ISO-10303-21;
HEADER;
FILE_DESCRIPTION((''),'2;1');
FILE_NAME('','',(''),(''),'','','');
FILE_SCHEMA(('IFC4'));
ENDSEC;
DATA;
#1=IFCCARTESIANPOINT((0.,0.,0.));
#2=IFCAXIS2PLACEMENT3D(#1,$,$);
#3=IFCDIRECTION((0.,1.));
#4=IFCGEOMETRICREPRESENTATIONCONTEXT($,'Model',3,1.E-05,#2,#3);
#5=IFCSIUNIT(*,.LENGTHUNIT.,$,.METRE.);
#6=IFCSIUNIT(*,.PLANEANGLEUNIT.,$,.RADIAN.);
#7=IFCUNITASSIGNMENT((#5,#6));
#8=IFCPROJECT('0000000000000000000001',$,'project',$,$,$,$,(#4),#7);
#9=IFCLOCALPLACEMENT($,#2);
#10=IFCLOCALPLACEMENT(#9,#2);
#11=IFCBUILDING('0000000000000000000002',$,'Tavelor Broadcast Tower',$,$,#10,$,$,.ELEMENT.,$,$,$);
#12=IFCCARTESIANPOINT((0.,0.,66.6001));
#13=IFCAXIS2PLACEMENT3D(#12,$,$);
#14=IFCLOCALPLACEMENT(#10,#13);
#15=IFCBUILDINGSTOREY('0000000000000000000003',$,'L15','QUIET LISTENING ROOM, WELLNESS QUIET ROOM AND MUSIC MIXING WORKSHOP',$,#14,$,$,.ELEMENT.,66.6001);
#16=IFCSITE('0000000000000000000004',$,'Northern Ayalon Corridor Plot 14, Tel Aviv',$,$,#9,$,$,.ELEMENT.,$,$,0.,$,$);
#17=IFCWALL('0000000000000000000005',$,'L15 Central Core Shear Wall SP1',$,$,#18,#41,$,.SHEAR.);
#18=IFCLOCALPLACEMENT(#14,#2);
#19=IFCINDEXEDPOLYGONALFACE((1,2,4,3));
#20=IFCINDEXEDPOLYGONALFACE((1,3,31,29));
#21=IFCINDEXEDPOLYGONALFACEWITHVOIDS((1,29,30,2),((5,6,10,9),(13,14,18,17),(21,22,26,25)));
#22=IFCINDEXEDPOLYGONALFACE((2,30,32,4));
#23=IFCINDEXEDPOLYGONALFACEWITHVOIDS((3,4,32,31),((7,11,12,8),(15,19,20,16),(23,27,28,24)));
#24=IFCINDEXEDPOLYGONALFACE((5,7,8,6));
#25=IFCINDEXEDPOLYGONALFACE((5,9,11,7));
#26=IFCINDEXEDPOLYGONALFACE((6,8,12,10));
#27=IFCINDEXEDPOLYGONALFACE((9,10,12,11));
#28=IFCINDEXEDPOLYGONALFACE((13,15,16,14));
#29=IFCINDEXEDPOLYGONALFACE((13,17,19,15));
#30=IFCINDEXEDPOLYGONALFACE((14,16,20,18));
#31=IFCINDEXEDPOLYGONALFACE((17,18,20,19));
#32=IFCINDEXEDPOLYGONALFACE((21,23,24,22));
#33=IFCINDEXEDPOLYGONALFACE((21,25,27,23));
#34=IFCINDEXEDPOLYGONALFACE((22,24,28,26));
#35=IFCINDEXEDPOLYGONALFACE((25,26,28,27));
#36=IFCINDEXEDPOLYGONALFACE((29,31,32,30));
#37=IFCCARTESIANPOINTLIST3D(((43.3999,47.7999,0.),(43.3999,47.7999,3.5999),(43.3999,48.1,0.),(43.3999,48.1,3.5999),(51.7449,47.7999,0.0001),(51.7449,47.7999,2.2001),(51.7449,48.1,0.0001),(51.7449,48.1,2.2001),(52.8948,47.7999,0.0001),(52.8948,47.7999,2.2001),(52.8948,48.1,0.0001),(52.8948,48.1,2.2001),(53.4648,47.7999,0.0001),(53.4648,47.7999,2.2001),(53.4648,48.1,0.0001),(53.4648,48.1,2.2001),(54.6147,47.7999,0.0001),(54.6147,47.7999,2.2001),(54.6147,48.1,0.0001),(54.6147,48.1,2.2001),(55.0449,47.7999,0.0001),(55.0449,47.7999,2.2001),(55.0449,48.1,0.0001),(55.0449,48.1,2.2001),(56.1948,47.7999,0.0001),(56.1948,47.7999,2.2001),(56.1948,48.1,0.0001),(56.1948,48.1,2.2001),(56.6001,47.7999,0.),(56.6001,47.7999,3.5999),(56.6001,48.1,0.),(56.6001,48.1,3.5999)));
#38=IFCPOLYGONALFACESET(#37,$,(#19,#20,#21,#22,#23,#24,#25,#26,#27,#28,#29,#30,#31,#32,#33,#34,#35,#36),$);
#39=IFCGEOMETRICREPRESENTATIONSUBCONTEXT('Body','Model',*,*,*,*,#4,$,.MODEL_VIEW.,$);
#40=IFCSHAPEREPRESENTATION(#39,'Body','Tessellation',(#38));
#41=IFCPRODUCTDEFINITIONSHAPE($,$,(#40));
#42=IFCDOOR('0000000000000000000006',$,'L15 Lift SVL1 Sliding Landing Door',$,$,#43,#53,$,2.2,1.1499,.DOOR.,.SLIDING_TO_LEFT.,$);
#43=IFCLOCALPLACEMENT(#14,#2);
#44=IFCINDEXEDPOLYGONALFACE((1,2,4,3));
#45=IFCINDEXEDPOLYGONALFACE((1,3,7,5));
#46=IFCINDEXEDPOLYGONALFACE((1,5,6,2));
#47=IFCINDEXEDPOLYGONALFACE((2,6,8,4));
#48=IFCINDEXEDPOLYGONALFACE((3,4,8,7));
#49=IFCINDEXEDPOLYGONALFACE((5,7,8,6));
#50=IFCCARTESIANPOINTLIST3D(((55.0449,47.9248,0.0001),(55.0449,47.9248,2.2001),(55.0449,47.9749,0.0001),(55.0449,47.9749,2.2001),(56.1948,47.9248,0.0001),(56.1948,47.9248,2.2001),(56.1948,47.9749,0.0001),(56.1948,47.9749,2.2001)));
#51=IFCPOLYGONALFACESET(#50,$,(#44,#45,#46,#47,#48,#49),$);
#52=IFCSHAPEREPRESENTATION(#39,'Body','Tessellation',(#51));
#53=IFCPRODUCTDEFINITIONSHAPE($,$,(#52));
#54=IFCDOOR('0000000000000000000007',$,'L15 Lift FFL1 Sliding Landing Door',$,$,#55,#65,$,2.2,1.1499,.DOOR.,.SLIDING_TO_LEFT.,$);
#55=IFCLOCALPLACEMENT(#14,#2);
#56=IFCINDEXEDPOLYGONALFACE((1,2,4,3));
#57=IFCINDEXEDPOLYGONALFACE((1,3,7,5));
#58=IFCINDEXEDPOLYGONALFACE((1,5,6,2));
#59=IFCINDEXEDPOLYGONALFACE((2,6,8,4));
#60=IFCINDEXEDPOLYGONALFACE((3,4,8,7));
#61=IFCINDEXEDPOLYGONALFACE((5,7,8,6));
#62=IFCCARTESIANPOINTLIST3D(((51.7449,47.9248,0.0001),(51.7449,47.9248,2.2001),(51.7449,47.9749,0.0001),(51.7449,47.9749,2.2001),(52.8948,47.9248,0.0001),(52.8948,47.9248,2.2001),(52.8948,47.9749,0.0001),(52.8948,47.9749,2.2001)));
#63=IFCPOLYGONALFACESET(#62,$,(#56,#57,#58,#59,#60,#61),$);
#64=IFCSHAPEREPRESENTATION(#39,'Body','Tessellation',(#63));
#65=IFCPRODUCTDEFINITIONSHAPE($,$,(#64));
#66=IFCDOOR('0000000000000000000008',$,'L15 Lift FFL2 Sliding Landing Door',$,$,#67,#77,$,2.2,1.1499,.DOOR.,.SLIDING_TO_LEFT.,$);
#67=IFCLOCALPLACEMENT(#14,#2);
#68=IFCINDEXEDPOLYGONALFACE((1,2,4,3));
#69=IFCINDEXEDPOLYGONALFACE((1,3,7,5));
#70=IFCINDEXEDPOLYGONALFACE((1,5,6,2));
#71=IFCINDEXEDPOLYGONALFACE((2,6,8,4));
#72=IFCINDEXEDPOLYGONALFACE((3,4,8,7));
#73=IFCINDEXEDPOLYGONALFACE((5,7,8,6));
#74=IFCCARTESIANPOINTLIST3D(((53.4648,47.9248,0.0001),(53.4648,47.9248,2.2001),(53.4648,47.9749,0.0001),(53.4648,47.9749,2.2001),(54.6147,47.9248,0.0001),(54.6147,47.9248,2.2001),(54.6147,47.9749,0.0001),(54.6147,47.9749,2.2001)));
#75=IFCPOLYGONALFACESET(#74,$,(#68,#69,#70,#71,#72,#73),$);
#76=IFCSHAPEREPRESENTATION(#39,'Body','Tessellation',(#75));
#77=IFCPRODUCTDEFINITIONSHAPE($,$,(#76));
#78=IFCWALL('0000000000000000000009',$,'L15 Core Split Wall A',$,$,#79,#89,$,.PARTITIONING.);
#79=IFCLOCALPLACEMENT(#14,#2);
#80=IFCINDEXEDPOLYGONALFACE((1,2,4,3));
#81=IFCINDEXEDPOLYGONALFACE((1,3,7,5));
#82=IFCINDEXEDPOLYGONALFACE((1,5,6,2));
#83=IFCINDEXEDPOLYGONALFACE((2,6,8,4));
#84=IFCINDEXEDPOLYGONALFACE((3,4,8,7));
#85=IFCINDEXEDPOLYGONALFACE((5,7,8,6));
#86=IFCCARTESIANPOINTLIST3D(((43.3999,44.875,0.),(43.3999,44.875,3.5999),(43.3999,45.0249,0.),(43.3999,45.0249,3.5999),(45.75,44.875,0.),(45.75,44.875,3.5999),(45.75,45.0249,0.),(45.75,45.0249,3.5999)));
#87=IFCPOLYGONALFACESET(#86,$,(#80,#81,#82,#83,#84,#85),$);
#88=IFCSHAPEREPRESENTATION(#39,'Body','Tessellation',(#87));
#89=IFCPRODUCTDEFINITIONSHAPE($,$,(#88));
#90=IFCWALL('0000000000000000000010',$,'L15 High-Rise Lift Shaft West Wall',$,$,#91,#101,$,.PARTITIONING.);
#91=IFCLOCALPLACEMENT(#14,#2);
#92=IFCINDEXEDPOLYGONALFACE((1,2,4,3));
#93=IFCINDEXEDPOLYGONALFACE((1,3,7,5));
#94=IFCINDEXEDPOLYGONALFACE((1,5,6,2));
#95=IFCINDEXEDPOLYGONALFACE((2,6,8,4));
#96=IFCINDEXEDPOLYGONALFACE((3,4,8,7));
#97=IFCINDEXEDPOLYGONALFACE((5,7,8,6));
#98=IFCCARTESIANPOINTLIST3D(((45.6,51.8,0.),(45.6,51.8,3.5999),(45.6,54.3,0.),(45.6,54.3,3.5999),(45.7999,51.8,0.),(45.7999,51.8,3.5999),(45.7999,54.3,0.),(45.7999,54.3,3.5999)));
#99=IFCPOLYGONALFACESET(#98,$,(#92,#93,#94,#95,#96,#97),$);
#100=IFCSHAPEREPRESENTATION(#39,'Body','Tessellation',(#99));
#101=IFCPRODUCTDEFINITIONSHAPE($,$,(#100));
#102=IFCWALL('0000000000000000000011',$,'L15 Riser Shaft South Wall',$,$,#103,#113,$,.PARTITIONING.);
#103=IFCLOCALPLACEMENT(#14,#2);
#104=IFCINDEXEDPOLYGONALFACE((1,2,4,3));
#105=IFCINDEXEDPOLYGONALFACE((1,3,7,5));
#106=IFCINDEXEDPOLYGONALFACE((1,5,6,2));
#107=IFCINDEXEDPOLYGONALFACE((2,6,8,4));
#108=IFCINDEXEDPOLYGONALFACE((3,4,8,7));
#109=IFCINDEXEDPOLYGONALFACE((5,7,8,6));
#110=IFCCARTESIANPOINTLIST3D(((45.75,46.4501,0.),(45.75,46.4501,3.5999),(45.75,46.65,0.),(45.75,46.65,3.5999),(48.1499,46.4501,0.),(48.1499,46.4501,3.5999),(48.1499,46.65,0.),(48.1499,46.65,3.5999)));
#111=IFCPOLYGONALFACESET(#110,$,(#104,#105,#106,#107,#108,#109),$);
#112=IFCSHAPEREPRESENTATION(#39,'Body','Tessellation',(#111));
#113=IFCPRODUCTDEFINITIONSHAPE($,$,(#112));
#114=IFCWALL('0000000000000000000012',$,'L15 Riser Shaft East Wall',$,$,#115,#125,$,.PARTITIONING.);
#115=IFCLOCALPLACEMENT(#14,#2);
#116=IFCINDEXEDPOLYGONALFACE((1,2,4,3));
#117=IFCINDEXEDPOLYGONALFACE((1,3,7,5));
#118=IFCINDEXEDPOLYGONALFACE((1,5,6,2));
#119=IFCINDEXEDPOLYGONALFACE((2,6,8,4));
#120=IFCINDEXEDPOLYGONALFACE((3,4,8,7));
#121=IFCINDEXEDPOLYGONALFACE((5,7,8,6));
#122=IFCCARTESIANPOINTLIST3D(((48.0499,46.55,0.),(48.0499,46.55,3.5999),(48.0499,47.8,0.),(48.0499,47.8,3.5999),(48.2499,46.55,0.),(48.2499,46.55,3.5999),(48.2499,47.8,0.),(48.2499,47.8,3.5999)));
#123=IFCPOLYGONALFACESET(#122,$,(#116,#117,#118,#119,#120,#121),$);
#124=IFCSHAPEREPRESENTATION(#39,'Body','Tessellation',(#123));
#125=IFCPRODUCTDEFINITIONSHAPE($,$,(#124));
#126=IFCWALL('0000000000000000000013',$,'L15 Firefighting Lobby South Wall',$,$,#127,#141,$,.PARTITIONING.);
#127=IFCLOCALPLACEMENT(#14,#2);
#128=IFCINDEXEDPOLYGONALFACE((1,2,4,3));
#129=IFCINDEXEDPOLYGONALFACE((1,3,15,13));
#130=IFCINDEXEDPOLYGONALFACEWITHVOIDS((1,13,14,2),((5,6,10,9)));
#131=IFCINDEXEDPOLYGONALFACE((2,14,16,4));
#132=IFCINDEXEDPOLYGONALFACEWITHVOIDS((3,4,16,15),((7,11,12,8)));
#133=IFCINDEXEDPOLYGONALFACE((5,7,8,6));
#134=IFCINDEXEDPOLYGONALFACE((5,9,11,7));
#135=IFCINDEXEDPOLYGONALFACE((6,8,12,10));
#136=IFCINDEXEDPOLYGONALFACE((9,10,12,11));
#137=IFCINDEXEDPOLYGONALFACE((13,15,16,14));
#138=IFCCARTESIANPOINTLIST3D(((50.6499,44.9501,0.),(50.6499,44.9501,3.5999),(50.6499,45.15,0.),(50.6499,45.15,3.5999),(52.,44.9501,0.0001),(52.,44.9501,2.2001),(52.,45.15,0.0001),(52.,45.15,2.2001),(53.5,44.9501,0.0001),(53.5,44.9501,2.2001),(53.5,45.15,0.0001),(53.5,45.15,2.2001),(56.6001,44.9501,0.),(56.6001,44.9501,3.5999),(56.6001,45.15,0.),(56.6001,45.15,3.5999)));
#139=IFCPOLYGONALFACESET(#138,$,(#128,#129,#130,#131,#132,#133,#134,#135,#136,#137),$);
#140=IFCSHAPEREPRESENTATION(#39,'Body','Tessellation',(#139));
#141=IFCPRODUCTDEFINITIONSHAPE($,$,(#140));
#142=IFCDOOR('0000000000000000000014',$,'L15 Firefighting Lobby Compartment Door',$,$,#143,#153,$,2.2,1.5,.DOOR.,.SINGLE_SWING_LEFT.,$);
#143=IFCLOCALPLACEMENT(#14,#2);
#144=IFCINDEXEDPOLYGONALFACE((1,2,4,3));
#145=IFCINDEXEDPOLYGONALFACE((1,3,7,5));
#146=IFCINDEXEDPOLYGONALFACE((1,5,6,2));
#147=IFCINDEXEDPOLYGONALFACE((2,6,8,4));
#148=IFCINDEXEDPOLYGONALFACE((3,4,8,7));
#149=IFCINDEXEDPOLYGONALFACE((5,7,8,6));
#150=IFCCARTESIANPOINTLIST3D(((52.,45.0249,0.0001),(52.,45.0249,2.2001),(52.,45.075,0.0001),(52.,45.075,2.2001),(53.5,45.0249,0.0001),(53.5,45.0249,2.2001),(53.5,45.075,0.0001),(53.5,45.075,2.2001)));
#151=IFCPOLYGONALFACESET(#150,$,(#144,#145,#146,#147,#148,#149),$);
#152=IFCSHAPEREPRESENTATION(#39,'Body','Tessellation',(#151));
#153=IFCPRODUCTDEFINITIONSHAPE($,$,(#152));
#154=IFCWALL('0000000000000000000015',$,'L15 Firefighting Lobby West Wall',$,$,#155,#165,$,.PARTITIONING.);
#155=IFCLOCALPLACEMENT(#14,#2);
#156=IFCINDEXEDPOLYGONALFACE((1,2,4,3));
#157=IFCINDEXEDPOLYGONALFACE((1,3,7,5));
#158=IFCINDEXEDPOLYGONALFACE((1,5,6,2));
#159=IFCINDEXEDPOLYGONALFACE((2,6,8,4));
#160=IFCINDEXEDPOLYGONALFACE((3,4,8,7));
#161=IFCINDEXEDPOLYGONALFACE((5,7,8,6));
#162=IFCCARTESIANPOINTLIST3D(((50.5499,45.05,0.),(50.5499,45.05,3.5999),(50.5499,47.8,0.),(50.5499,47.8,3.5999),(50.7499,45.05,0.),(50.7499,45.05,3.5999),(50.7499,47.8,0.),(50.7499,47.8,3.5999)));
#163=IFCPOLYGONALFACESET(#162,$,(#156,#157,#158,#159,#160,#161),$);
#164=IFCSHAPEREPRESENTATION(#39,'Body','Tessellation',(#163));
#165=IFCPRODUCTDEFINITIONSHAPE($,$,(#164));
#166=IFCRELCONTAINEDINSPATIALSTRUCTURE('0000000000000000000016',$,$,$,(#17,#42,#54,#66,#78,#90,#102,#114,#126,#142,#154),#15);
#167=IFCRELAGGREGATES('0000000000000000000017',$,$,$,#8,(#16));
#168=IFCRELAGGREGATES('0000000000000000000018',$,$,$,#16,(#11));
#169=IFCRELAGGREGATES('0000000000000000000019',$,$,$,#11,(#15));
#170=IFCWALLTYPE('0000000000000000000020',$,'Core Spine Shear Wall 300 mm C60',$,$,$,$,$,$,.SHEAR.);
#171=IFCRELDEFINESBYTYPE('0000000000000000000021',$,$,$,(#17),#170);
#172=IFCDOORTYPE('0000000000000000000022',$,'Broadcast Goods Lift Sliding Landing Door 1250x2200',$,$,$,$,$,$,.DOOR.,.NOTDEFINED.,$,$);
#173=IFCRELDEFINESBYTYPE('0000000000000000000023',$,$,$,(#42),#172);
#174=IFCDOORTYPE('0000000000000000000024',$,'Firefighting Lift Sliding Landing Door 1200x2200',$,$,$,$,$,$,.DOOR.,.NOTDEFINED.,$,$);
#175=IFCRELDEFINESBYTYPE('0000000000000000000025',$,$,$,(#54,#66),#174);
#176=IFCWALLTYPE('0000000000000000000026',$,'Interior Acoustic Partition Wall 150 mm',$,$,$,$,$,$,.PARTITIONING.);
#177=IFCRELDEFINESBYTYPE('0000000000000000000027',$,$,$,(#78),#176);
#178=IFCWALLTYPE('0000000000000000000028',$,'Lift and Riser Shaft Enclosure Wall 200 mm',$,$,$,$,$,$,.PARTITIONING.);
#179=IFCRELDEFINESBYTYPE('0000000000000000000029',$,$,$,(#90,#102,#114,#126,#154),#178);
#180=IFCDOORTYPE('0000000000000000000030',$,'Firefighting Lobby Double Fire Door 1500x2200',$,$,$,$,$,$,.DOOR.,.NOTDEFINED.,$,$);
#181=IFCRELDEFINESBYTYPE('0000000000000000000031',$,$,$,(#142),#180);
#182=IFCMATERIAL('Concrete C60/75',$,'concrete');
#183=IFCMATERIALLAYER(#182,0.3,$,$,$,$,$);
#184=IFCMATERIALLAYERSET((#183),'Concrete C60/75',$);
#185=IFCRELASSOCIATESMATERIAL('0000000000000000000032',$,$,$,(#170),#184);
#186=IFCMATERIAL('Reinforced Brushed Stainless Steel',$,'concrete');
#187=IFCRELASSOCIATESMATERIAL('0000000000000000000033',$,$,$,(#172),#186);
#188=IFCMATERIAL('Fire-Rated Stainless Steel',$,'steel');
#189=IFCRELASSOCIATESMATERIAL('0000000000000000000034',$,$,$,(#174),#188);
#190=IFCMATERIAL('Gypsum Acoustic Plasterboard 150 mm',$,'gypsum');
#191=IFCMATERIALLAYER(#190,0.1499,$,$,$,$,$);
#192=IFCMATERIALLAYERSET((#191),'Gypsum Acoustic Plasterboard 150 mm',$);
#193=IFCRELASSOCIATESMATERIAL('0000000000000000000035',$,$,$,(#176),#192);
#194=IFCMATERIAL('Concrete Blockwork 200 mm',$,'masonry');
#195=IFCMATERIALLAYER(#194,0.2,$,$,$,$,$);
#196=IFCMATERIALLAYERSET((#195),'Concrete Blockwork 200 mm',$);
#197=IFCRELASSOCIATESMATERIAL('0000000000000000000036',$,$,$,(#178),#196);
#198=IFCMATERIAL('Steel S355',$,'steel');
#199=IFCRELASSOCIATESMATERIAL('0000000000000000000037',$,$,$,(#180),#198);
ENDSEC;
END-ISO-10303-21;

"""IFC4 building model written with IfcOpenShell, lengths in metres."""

from ifc_helpers import new_model, si_unit, direction, frame, frame_2d, origin, place, context, subcontext, project, spatial, rectangle, extrude, material, layer, layer_set, type_object, element, fill, save


model = new_model("IFC4")

# Units and contexts
model_context = context("Model", 3, precision=1e-05, world=origin(), true_north=direction((0.0, 1.0)))
body_context = subcontext(model_context, "Body", "Model", "MODEL_VIEW")
ifc_project = project(units=[si_unit("LENGTHUNIT", "METRE"), si_unit("PLANEANGLEUNIT", "RADIAN")], contexts=[model_context])

# Site, building, storey
site_placement = place(None, origin())
site = spatial("IfcSite", under=ifc_project, at=site_placement, Name="Northern Ayalon Corridor Plot 14, Tel Aviv", CompositionType="ELEMENT", RefElevation=0.0)
building_placement = place(site_placement, origin())
building = spatial("IfcBuilding", under=site, at=building_placement, Name="Tavelor Broadcast Tower", CompositionType="ELEMENT")
storey_placement = place(building_placement, frame((0.0, 0.0, 66.6001)))
storey = spatial("IfcBuildingStorey", under=building, at=storey_placement, Name="L15", Description="QUIET LISTENING ROOM, WELLNESS QUIET ROOM AND MUSIC MIXING WORKSHOP", CompositionType="ELEMENT", Elevation=66.6001)

# Shared definitions
ifc_material_1 = material(Name="Steel S355", Category="steel")

# Wall, openings, doors
ifc_material_2 = material(Name="Concrete C60/75", Category="concrete")
ifc_layer_1 = layer(ifc_material_2, 0.3)
ifc_layer_set_1 = layer_set([ifc_layer_1], Name="Concrete C60/75")
wall_type_1 = type_object("IfcWallType", Name="Core Spine Shear Wall 300 mm C60", PredefinedType="SHEAR", material=ifc_layer_set_1)
wall_1_placement = place(storey_placement, frame((43.3999, 47.95, 0.0), z_axis=(0.0, 0.0, 1.0), x_axis=(1.0, 0.0, 0.0)))
wall_1 = element("IfcWall", 1, at=wall_1_placement, inside=storey, type_object=wall_type_1, Name="L15 Central Core Shear Wall SP1", PredefinedType="SHEAR", context=body_context, shape_type="SweptSolid", body=[
    extrude(rectangle(XDim=13.2002, YDim=0.3, at=frame_2d((6.6001, 0.0))), origin(), (0.0, 0.0, 1.0), 3.5999),
])
opening_1_placement = place(wall_1_placement, frame((8.345, 0.0, 0.0)))
opening_1 = element("IfcOpeningElement", 2, at=opening_1_placement, cuts=wall_1, PredefinedType="OPENING", context=body_context, shape_type="SweptSolid", body=[
    extrude(rectangle(XDim=1.1499, YDim=2.2, at=frame_2d((0.575, 1.1001))), frame((0.0, 0.1602, 0.0), z_axis=(0.0, -1.0, 0.0), x_axis=(1.0, 0.0, 0.0)), (0.0, 0.0, 1.0), 0.3201),
])
opening_2_placement = place(wall_1_placement, frame((10.0649, 0.0, 0.0)))
opening_2 = element("IfcOpeningElement", 3, at=opening_2_placement, cuts=wall_1, PredefinedType="OPENING", context=body_context, shape_type="SweptSolid", body=[
    extrude(rectangle(XDim=1.1499, YDim=2.2, at=frame_2d((0.575, 1.1001))), frame((0.0, 0.1602, 0.0), z_axis=(0.0, -1.0, 0.0), x_axis=(1.0, 0.0, 0.0)), (0.0, 0.0, 1.0), 0.3201),
])
opening_3_placement = place(wall_1_placement, frame((11.645, 0.0, 0.0)))
opening_3 = element("IfcOpeningElement", 4, at=opening_3_placement, cuts=wall_1, PredefinedType="OPENING", context=body_context, shape_type="SweptSolid", body=[
    extrude(rectangle(XDim=1.1499, YDim=2.2, at=frame_2d((0.575, 1.1001))), frame((0.0, 0.1602, 0.0), z_axis=(0.0, -1.0, 0.0), x_axis=(1.0, 0.0, 0.0)), (0.0, 0.0, 1.0), 0.3201),
])
ifc_material_3 = material(Name="Reinforced Brushed Stainless Steel", Category="concrete")
door_type_1 = type_object("IfcDoorType", Name="Broadcast Goods Lift Sliding Landing Door 1250x2200", OperationType="NOTDEFINED", PredefinedType="DOOR", material=ifc_material_3)
door_1_placement = place(opening_3_placement, origin())
door_1 = element("IfcDoor", 5, at=door_1_placement, inside=storey, type_object=door_type_1, Name="L15 Lift SVL1 Sliding Landing Door", OperationType="SLIDING_TO_LEFT", OverallHeight=2.2, OverallWidth=1.1499, PredefinedType="DOOR", context=body_context, shape_type="SweptSolid", body=[
    extrude(rectangle(XDim=1.1499, YDim=2.2, at=frame_2d((0.575, 1.1001))), frame((0.0, 0.0249, 0.0), z_axis=(0.0, -1.0, 0.0), x_axis=(1.0, 0.0, 0.0)), (0.0, 0.0, 1.0), 0.05),
])
fill(opening_3, door_1)
ifc_material_4 = material(Name="Fire-Rated Stainless Steel", Category="steel")
door_type_2 = type_object("IfcDoorType", Name="Firefighting Lift Sliding Landing Door 1200x2200", OperationType="NOTDEFINED", PredefinedType="DOOR", material=ifc_material_4)
door_2_placement = place(opening_1_placement, origin())
door_2 = element("IfcDoor", 6, at=door_2_placement, inside=storey, type_object=door_type_2, Name="L15 Lift FFL1 Sliding Landing Door", OperationType="SLIDING_TO_LEFT", OverallHeight=2.2, OverallWidth=1.1499, PredefinedType="DOOR", context=body_context, shape_type="SweptSolid", body=[
    extrude(rectangle(XDim=1.1499, YDim=2.2, at=frame_2d((0.575, 1.1001))), frame((0.0, 0.0249, 0.0), z_axis=(0.0, -1.0, 0.0), x_axis=(1.0, 0.0, 0.0)), (0.0, 0.0, 1.0), 0.05),
])
fill(opening_1, door_2)
door_3_placement = place(opening_2_placement, origin())
door_3 = element("IfcDoor", 7, at=door_3_placement, inside=storey, type_object=door_type_2, Name="L15 Lift FFL2 Sliding Landing Door", OperationType="SLIDING_TO_LEFT", OverallHeight=2.2, OverallWidth=1.1499, PredefinedType="DOOR", context=body_context, shape_type="SweptSolid", body=[
    extrude(rectangle(XDim=1.1499, YDim=2.2, at=frame_2d((0.575, 1.1001))), frame((0.0, 0.0249, 0.0), z_axis=(0.0, -1.0, 0.0), x_axis=(1.0, 0.0, 0.0)), (0.0, 0.0, 1.0), 0.05),
])
fill(opening_2, door_3)

# Walls
ifc_material_5 = material(Name="Gypsum Acoustic Plasterboard 150 mm", Category="gypsum")
ifc_layer_2 = layer(ifc_material_5, 0.1499)
ifc_layer_set_2 = layer_set([ifc_layer_2], Name="Gypsum Acoustic Plasterboard 150 mm")
wall_type_2 = type_object("IfcWallType", Name="Interior Acoustic Partition Wall 150 mm", PredefinedType="PARTITIONING", material=ifc_layer_set_2)
wall_2_placement = place(storey_placement, frame((43.3999, 44.95, 0.0), z_axis=(0.0, 0.0, 1.0), x_axis=(1.0, 0.0, 0.0)))
element("IfcWall", 8, at=wall_2_placement, inside=storey, type_object=wall_type_2, Name="L15 Core Split Wall A", PredefinedType="PARTITIONING", context=body_context, shape_type="SweptSolid", body=[
    extrude(rectangle(XDim=2.3501, YDim=0.1499, at=frame_2d((1.175, 0.0))), origin(), (0.0, 0.0, 1.0), 3.5999),
])
ifc_material_6 = material(Name="Concrete Blockwork 200 mm", Category="masonry")
ifc_layer_3 = layer(ifc_material_6, 0.2)
ifc_layer_set_3 = layer_set([ifc_layer_3], Name="Concrete Blockwork 200 mm")
wall_type_3 = type_object("IfcWallType", Name="Lift and Riser Shaft Enclosure Wall 200 mm", PredefinedType="PARTITIONING", material=ifc_layer_set_3)
wall_3_placement = place(storey_placement, frame((45.7, 51.8, 0.0), z_axis=(0.0, 0.0, 1.0), x_axis=(0.0, 1.0, 0.0)))
element("IfcWall", 9, at=wall_3_placement, inside=storey, type_object=wall_type_3, Name="L15 High-Rise Lift Shaft West Wall", PredefinedType="PARTITIONING", context=body_context, shape_type="SweptSolid", body=[
    extrude(rectangle(XDim=2.5, YDim=0.2, at=frame_2d((1.25, 0.0))), origin(), (0.0, 0.0, 1.0), 3.5999),
])
wall_4_placement = place(storey_placement, frame((45.75, 46.55, 0.0), z_axis=(0.0, 0.0, 1.0), x_axis=(1.0, 0.0, 0.0)))
element("IfcWall", 10, at=wall_4_placement, inside=storey, type_object=wall_type_3, Name="L15 Riser Shaft South Wall", PredefinedType="PARTITIONING", context=body_context, shape_type="SweptSolid", body=[
    extrude(rectangle(XDim=2.3999, YDim=0.2, at=frame_2d((1.2, 0.0))), origin(), (0.0, 0.0, 1.0), 3.5999),
])
wall_5_placement = place(storey_placement, frame((48.1499, 46.55, 0.0), z_axis=(0.0, 0.0, 1.0), x_axis=(0.0, 1.0, 0.0)))
element("IfcWall", 11, at=wall_5_placement, inside=storey, type_object=wall_type_3, Name="L15 Riser Shaft East Wall", PredefinedType="PARTITIONING", context=body_context, shape_type="SweptSolid", body=[
    extrude(rectangle(XDim=1.25, YDim=0.2, at=frame_2d((0.625, 0.0))), origin(), (0.0, 0.0, 1.0), 3.5999),
])

# Wall, opening, door
wall_6_placement = place(storey_placement, frame((50.6499, 45.05, 0.0), z_axis=(0.0, 0.0, 1.0), x_axis=(1.0, 0.0, 0.0)))
wall_6 = element("IfcWall", 12, at=wall_6_placement, inside=storey, type_object=wall_type_3, Name="L15 Firefighting Lobby South Wall", PredefinedType="PARTITIONING", context=body_context, shape_type="SweptSolid", body=[
    extrude(rectangle(XDim=5.9502, YDim=0.2, at=frame_2d((2.9751, 0.0))), origin(), (0.0, 0.0, 1.0), 3.5999),
])
opening_4_placement = place(wall_6_placement, frame((1.3501, 0.0, 0.0)))
opening_4 = element("IfcOpeningElement", 13, at=opening_4_placement, cuts=wall_6, PredefinedType="OPENING", context=body_context, shape_type="SweptSolid", body=[
    extrude(rectangle(XDim=1.5, YDim=2.2, at=frame_2d((0.75, 1.1001))), frame((0.0, 0.1099, 0.0), z_axis=(0.0, -1.0, 0.0), x_axis=(1.0, 0.0, 0.0)), (0.0, 0.0, 1.0), 0.22),
])
door_type_3 = type_object("IfcDoorType", Name="Firefighting Lobby Double Fire Door 1500x2200", OperationType="NOTDEFINED", PredefinedType="DOOR", material=ifc_material_1)
door_4_placement = place(opening_4_placement, origin())
door_4 = element("IfcDoor", 14, at=door_4_placement, inside=storey, type_object=door_type_3, Name="L15 Firefighting Lobby Compartment Door", OperationType="SINGLE_SWING_LEFT", OverallHeight=2.2, OverallWidth=1.5, PredefinedType="DOOR", context=body_context, shape_type="SweptSolid", body=[
    extrude(rectangle(XDim=1.5, YDim=2.2, at=frame_2d((0.75, 1.1001))), frame((0.0, 0.0249, 0.0), z_axis=(0.0, -1.0, 0.0), x_axis=(1.0, 0.0, 0.0)), (0.0, 0.0, 1.0), 0.05),
])
fill(opening_4, door_4)

# Wall
wall_7_placement = place(storey_placement, frame((50.6499, 45.05, 0.0), z_axis=(0.0, 0.0, 1.0), x_axis=(0.0, 1.0, 0.0)))
element("IfcWall", 15, at=wall_7_placement, inside=storey, type_object=wall_type_3, Name="L15 Firefighting Lobby West Wall", PredefinedType="PARTITIONING", context=body_context, shape_type="SweptSolid", body=[
    extrude(rectangle(XDim=2.75, YDim=0.2, at=frame_2d((1.375, 0.0))), origin(), (0.0, 0.0, 1.0), 3.5999),
])

save(model, "model.ifc")
